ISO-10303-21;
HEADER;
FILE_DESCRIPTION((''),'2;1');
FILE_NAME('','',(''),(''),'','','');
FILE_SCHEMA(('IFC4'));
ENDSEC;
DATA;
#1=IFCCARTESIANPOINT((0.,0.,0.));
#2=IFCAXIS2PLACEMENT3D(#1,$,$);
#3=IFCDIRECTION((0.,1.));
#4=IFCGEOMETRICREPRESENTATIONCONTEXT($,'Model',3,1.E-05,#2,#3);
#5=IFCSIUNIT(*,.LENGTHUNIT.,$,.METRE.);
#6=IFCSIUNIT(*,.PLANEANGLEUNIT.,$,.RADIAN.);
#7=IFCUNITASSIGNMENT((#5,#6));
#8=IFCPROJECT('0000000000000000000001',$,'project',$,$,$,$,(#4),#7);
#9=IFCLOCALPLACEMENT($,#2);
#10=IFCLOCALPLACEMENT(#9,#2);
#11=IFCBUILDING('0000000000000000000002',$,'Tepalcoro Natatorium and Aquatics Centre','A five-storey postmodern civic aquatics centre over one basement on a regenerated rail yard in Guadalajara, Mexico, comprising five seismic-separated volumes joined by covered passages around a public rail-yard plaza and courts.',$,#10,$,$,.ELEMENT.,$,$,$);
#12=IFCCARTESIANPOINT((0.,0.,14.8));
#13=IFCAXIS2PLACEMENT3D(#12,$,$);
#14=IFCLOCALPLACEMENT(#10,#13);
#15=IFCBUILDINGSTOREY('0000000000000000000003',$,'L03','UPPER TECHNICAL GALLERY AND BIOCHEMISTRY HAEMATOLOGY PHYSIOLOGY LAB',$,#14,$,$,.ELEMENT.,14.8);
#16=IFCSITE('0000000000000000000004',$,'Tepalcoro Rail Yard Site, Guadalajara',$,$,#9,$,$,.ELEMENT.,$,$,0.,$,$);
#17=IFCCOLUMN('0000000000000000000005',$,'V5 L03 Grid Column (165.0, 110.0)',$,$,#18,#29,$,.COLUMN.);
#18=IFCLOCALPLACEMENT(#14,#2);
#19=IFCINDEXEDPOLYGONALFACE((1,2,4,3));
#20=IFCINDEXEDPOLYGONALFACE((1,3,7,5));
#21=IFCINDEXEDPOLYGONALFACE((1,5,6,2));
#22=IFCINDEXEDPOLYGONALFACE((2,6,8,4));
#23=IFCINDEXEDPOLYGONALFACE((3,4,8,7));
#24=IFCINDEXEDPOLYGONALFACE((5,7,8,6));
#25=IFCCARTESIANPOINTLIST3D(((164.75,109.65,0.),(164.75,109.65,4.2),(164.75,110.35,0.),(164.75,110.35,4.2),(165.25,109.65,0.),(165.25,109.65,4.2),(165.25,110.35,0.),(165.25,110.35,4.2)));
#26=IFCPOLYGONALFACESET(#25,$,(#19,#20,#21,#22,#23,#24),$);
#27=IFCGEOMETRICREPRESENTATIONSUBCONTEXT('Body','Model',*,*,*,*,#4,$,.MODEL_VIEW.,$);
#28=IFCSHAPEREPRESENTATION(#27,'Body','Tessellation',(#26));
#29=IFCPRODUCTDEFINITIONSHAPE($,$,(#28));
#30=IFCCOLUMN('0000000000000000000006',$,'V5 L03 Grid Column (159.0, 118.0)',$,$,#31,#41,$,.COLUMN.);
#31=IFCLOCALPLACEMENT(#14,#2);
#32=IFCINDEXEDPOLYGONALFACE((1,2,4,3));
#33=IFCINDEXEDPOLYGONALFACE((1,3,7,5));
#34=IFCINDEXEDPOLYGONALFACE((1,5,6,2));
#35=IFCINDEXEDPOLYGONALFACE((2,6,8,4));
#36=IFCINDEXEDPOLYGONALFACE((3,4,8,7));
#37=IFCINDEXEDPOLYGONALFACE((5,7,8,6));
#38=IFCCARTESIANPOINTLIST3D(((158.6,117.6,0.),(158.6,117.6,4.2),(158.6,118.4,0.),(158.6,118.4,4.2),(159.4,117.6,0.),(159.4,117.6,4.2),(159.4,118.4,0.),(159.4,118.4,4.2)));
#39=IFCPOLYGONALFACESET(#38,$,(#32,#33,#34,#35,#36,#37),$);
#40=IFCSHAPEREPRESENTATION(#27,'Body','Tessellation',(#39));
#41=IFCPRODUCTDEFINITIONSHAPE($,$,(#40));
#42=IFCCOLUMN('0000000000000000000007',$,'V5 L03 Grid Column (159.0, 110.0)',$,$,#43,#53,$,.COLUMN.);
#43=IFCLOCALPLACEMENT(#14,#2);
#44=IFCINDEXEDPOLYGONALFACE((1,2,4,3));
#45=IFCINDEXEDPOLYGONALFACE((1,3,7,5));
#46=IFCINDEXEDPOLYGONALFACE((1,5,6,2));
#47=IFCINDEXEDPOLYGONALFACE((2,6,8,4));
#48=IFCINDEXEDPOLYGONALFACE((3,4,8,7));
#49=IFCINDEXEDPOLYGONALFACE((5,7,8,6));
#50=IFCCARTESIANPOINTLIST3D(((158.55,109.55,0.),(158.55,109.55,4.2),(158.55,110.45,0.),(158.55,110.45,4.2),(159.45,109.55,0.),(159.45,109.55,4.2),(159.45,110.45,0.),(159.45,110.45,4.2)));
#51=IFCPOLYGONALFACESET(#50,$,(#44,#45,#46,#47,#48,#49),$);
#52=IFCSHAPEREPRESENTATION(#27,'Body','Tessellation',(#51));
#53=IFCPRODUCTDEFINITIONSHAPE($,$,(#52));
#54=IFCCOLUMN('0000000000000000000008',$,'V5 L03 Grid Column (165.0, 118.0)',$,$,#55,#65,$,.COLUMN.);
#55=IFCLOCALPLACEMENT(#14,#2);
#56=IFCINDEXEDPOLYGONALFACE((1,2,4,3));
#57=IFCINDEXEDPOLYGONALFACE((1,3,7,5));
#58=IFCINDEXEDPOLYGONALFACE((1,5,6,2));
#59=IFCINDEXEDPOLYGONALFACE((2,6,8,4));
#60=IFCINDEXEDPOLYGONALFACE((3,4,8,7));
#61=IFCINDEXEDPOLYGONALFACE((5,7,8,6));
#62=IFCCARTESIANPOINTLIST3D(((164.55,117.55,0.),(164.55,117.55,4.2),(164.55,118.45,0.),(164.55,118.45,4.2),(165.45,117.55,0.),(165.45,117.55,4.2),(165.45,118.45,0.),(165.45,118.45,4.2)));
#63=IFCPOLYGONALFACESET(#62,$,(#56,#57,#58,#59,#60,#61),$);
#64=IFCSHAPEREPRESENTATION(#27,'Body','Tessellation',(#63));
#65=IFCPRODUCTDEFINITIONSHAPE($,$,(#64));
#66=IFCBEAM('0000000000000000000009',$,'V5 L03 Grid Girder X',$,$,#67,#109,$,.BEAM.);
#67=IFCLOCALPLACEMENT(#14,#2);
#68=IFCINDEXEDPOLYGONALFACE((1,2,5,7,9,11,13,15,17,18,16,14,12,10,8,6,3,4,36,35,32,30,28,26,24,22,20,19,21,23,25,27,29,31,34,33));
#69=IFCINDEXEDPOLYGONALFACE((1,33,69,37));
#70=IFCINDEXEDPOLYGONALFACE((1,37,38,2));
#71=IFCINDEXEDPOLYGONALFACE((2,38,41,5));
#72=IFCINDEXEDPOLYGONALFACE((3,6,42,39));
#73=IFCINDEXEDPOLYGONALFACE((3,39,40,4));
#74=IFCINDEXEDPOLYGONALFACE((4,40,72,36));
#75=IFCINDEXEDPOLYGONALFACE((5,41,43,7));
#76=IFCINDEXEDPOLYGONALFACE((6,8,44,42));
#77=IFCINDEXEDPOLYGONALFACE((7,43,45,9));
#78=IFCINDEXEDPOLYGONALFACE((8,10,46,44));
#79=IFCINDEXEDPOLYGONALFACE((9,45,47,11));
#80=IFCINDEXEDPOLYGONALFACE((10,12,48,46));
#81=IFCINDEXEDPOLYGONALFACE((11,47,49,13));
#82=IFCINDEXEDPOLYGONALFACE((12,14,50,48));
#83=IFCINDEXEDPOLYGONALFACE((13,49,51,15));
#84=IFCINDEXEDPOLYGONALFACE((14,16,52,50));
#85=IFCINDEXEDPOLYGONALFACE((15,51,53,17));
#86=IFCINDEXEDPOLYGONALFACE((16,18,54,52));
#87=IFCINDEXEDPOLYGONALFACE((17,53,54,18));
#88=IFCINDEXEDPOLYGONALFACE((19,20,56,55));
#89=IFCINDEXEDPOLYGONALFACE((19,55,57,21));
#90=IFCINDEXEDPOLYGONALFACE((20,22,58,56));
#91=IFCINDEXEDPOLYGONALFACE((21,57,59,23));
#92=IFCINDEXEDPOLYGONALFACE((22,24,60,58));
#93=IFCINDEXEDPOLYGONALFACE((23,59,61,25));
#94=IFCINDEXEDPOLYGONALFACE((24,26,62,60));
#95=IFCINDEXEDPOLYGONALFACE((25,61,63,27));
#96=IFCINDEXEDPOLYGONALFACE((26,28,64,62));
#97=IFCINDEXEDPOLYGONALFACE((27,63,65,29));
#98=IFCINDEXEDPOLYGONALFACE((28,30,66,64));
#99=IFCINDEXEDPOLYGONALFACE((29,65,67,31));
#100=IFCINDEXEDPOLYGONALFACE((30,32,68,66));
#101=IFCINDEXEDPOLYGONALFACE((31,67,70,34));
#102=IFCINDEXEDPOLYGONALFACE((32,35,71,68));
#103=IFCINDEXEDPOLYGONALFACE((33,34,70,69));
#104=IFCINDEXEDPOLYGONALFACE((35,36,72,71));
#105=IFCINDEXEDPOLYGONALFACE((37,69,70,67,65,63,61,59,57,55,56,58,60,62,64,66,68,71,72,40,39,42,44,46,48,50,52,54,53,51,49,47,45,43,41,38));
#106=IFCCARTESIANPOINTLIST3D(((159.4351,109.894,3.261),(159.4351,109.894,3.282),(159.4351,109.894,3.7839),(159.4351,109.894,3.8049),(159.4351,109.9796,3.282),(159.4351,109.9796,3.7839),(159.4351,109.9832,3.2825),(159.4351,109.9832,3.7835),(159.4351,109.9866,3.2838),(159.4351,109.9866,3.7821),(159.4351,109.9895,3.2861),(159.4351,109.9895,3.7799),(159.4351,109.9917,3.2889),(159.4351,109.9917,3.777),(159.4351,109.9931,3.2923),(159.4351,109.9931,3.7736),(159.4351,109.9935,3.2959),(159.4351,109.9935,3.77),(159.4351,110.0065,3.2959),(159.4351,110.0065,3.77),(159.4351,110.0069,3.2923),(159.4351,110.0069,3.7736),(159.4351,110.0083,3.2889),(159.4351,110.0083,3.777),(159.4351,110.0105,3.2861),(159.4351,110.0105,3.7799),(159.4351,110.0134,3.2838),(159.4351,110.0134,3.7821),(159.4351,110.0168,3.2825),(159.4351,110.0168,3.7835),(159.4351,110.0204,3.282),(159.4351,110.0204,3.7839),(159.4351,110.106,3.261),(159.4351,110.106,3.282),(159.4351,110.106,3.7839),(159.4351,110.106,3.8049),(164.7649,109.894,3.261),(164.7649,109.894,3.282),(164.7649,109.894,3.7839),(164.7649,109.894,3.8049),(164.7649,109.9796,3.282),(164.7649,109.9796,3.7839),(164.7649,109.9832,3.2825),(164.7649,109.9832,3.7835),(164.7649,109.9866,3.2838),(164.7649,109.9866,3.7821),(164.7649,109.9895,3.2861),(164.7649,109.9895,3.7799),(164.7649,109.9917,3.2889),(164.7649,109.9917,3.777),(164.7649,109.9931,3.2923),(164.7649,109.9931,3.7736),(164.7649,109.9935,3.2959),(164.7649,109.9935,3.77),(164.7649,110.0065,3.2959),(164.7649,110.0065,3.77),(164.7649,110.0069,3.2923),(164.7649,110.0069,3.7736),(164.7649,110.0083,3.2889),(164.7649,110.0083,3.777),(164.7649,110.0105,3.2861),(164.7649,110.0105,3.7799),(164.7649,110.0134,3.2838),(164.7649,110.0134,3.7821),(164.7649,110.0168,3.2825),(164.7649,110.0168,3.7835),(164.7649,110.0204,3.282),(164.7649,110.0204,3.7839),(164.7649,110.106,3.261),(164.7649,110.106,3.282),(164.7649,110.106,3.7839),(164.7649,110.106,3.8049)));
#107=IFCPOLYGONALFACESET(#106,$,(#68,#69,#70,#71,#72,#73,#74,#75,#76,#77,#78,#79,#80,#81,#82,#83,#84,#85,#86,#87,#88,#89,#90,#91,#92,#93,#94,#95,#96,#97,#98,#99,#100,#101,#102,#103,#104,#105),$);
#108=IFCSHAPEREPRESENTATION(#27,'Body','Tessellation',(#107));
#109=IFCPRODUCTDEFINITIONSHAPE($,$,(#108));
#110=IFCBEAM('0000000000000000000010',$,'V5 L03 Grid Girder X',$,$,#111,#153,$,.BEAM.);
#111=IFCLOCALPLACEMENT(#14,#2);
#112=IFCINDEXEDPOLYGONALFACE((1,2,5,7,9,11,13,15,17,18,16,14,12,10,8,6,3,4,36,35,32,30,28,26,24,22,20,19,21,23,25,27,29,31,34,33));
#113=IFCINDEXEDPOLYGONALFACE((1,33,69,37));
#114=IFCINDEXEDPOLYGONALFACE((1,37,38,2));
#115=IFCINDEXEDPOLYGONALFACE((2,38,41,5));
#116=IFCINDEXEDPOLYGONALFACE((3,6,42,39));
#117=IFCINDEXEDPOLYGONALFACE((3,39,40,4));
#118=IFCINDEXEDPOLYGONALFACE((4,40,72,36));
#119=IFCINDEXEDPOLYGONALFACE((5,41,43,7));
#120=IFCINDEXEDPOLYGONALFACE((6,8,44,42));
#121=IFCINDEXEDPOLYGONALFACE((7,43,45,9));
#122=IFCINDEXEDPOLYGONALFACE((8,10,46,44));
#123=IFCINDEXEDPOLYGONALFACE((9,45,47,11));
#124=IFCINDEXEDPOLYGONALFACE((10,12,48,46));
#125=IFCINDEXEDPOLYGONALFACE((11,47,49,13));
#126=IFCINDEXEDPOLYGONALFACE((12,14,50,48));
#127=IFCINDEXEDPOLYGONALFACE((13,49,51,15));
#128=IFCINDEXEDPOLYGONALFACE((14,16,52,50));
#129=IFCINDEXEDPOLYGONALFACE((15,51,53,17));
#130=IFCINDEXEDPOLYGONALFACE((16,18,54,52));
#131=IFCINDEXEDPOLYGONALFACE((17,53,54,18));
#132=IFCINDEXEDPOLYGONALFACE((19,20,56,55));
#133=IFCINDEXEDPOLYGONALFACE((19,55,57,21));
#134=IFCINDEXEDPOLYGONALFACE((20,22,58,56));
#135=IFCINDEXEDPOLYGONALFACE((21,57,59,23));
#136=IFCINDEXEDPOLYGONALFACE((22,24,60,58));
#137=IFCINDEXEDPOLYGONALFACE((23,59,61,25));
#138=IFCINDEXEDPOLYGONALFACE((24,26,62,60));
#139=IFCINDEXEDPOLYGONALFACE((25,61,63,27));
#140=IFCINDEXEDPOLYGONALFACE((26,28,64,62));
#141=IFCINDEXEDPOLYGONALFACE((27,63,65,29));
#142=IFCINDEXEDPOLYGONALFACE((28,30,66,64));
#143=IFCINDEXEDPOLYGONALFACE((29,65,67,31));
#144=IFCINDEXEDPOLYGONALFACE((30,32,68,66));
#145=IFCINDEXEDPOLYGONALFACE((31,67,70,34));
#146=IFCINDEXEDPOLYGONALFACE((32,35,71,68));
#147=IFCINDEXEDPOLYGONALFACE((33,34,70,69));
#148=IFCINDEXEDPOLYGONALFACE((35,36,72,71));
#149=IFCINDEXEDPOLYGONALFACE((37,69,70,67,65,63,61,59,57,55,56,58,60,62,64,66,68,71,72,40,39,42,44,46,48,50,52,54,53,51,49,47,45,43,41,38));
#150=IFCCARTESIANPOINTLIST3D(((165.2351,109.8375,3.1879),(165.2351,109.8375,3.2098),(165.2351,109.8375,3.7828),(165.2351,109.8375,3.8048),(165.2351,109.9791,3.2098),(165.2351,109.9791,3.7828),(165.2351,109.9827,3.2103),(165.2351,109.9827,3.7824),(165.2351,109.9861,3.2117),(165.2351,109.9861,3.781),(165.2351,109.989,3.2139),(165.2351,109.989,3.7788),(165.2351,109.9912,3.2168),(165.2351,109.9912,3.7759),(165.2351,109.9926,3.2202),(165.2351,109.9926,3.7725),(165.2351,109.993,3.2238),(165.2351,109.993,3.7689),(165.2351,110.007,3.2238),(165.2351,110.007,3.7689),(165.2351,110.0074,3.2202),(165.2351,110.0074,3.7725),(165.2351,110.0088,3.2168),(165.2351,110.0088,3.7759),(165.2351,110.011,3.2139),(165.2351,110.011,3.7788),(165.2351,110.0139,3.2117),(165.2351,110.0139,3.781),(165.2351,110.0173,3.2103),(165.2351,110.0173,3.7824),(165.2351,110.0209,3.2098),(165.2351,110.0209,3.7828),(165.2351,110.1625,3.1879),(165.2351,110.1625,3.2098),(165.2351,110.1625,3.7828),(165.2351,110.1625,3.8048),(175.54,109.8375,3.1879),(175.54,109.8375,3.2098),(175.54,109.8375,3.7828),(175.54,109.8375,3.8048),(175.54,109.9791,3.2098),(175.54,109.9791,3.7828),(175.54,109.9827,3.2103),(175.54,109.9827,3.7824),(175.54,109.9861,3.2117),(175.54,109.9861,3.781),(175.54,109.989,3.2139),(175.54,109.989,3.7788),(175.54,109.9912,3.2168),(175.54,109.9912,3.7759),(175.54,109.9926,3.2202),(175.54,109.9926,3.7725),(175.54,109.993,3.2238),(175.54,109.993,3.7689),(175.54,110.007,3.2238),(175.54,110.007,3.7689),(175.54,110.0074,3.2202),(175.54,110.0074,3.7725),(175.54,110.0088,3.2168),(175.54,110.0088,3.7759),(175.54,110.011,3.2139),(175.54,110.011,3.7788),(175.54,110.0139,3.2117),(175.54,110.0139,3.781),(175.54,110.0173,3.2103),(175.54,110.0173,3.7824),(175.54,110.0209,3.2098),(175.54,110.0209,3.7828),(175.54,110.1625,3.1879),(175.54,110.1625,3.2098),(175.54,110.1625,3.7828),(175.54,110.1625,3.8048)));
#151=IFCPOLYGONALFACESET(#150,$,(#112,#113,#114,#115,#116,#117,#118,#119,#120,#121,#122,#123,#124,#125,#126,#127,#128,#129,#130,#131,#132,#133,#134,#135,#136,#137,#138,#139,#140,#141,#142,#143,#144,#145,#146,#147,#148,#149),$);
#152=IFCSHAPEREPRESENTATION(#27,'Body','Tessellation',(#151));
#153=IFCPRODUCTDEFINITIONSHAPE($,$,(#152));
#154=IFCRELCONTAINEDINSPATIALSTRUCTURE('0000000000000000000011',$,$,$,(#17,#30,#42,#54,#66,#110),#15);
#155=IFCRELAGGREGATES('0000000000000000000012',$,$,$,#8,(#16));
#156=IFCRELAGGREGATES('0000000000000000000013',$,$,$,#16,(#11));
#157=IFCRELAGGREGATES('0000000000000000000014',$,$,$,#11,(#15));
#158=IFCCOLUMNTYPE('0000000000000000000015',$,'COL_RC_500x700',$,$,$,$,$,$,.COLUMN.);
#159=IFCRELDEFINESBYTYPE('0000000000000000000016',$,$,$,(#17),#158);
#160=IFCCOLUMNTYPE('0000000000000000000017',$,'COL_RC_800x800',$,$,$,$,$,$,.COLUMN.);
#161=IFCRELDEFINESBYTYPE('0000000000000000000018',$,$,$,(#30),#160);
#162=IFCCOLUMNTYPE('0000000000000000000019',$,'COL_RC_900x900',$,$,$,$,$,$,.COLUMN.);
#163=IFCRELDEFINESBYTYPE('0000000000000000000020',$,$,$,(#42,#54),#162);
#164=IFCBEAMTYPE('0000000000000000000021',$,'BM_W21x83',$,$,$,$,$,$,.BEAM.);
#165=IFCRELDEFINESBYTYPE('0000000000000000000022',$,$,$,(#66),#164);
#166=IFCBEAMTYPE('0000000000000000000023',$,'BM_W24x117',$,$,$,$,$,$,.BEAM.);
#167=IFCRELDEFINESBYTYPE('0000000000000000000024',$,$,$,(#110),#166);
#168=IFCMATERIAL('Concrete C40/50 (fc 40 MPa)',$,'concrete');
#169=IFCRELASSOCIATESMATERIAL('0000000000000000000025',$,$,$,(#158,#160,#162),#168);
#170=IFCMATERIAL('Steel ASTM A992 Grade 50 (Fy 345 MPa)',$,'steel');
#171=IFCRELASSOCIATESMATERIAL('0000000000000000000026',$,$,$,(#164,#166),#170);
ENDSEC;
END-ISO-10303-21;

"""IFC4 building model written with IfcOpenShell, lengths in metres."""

from ifc_helpers import new_model, si_unit, direction, frame, origin, origin_2d, place, context, subcontext, project, spatial, rectangle, i_section, extrude, material, material_profile, profile_set, type_object, element, save


model = new_model("IFC4")

# Units and contexts
model_context = context("Model", 3, precision=1e-05, world=origin(), true_north=direction((0.0, 1.0)))
body_context = subcontext(model_context, "Body", "Model", "MODEL_VIEW")
ifc_project = project(units=[si_unit("LENGTHUNIT", "METRE"), si_unit("PLANEANGLEUNIT", "RADIAN")], contexts=[model_context])

# Site, building, storey
site_placement = place(None, origin())
site = spatial("IfcSite", under=ifc_project, at=site_placement, Name="Tepalcoro Rail Yard Site, Guadalajara", CompositionType="ELEMENT", RefElevation=0.0)
building_placement = place(site_placement, origin())
building = spatial("IfcBuilding", under=site, at=building_placement, Name="Tepalcoro Natatorium and Aquatics Centre", Description="A five-storey postmodern civic aquatics centre over one basement on a regenerated rail yard in Guadalajara, Mexico, comprising five seismic-separated volumes joined by covered passages around a public rail-yard plaza and courts.", CompositionType="ELEMENT")
storey_placement = place(building_placement, frame((0.0, 0.0, 14.8)))
storey = spatial("IfcBuildingStorey", under=building, at=storey_placement, Name="L03", Description="UPPER TECHNICAL GALLERY AND BIOCHEMISTRY HAEMATOLOGY PHYSIOLOGY LAB", CompositionType="ELEMENT", Elevation=14.8)

# Columns
ifc_material_1 = material(Name="Concrete C40/50 (fc 40 MPa)", Category="concrete")
ifc_material_profile_1 = material_profile(ifc_material_1, rectangle(XDim=0.5, YDim=0.7, at=origin_2d()), Name="RC500x700")
ifc_profile_set_1 = profile_set([ifc_material_profile_1], Name="Concrete C40/50 (fc 40 MPa)")
column_type_1 = type_object("IfcColumnType", Name="COL_RC_500x700", PredefinedType="COLUMN", material=ifc_profile_set_1)
column_1_placement = place(storey_placement, frame((165.0, 110.0, 0.0), z_axis=(0.0, 0.0, 1.0), x_axis=(1.0, 0.0, 0.0)))
element("IfcColumn", 1, at=column_1_placement, inside=storey, type_object=column_type_1, Name="V5 L03 Grid Column (165.0, 110.0)", PredefinedType="COLUMN", context=body_context, shape_type="SweptSolid", body=[
    extrude(rectangle(XDim=0.5, YDim=0.7, at=origin_2d()), origin(), (0.0, 0.0, 1.0), 4.2),
])
ifc_material_profile_2 = material_profile(ifc_material_1, rectangle(XDim=0.8, YDim=0.8, at=origin_2d()), Name="RC800x800")
ifc_profile_set_2 = profile_set([ifc_material_profile_2], Name="Concrete C40/50 (fc 40 MPa)")
column_type_2 = type_object("IfcColumnType", Name="COL_RC_800x800", PredefinedType="COLUMN", material=ifc_profile_set_2)
column_2_placement = place(storey_placement, frame((159.0, 118.0, 0.0), z_axis=(0.0, 0.0, 1.0), x_axis=(1.0, 0.0, 0.0)))
element("IfcColumn", 2, at=column_2_placement, inside=storey, type_object=column_type_2, Name="V5 L03 Grid Column (159.0, 118.0)", PredefinedType="COLUMN", context=body_context, shape_type="SweptSolid", body=[
    extrude(rectangle(XDim=0.8, YDim=0.8, at=origin_2d()), origin(), (0.0, 0.0, 1.0), 4.2),
])
ifc_material_profile_3 = material_profile(ifc_material_1, rectangle(XDim=0.8999, YDim=0.8999, at=origin_2d()), Name="RC900x900")
ifc_profile_set_3 = profile_set([ifc_material_profile_3], Name="Concrete C40/50 (fc 40 MPa)")
column_type_3 = type_object("IfcColumnType", Name="COL_RC_900x900", PredefinedType="COLUMN", material=ifc_profile_set_3)
for number, where, z_axis, x_axis, name in (
    (3, (159.0, 110.0, 0.0), (0.0, 0.0, 1.0), (1.0, 0.0, 0.0), "V5 L03 Grid Column (159.0, 110.0)"),
    (4, (165.0, 118.0, 0.0), (0.0, 0.0, 1.0), (1.0, 0.0, 0.0), "V5 L03 Grid Column (165.0, 118.0)"),
):
    element("IfcColumn", number, at=place(storey_placement, frame(where, z_axis=z_axis, x_axis=x_axis)), inside=storey, type_object=column_type_3, Name=name, PredefinedType="COLUMN", context=body_context, shape_type="SweptSolid", body=[
        extrude(rectangle(XDim=0.8999, YDim=0.8999, at=origin_2d()), origin(), (0.0, 0.0, 1.0), 4.2),
    ])

# Beams
ifc_material_2 = material(Name="Steel ASTM A992 Grade 50 (Fy 345 MPa)", Category="steel")
ifc_material_profile_4 = material_profile(ifc_material_2, i_section(OverallWidth=0.2119, OverallDepth=0.5439, WebThickness=0.0129, FlangeThickness=0.021, FilletRadius=0.0139, at=origin_2d()), Name="W21X83")
ifc_profile_set_4 = profile_set([ifc_material_profile_4], Name="Steel ASTM A992 Grade 50 (Fy 345 MPa)")
beam_type_1 = type_object("IfcBeamType", Name="BM_W21x83", PredefinedType="BEAM", material=ifc_profile_set_4)
beam_1_placement = place(storey_placement, frame((159.4351, 110.0, 3.533), z_axis=(1.0, 0.0, 0.0), x_axis=(0.0, 1.0, 0.0)))
element("IfcBeam", 5, at=beam_1_placement, inside=storey, type_object=beam_type_1, Name="V5 L03 Grid Girder X", PredefinedType="BEAM", context=body_context, shape_type="SweptSolid", body=[
    extrude(i_section(OverallWidth=0.2119, OverallDepth=0.5439, WebThickness=0.0129, FlangeThickness=0.021, FilletRadius=0.0139, at=origin_2d()), origin(), (0.0, 0.0, 1.0), 5.3298),
])
ifc_material_profile_5 = material_profile(ifc_material_2, i_section(OverallWidth=0.325, OverallDepth=0.6169, WebThickness=0.0139, FlangeThickness=0.022, FilletRadius=0.0139, at=origin_2d()), Name="W24X117")
ifc_profile_set_5 = profile_set([ifc_material_profile_5], Name="Steel ASTM A992 Grade 50 (Fy 345 MPa)")
beam_type_2 = type_object("IfcBeamType", Name="BM_W24x117", PredefinedType="BEAM", material=ifc_profile_set_5)
beam_2_placement = place(storey_placement, frame((165.2351, 110.0, 3.4963), z_axis=(1.0, 0.0, 0.0), x_axis=(0.0, 1.0, 0.0)))
element("IfcBeam", 6, at=beam_2_placement, inside=storey, type_object=beam_type_2, Name="V5 L03 Grid Girder X", PredefinedType="BEAM", context=body_context, shape_type="SweptSolid", body=[
    extrude(i_section(OverallWidth=0.325, OverallDepth=0.6169, WebThickness=0.0139, FlangeThickness=0.022, FilletRadius=0.0139, at=origin_2d()), origin(), (0.0, 0.0, 1.0), 10.3049),
])

save(model, "model.ifc")
